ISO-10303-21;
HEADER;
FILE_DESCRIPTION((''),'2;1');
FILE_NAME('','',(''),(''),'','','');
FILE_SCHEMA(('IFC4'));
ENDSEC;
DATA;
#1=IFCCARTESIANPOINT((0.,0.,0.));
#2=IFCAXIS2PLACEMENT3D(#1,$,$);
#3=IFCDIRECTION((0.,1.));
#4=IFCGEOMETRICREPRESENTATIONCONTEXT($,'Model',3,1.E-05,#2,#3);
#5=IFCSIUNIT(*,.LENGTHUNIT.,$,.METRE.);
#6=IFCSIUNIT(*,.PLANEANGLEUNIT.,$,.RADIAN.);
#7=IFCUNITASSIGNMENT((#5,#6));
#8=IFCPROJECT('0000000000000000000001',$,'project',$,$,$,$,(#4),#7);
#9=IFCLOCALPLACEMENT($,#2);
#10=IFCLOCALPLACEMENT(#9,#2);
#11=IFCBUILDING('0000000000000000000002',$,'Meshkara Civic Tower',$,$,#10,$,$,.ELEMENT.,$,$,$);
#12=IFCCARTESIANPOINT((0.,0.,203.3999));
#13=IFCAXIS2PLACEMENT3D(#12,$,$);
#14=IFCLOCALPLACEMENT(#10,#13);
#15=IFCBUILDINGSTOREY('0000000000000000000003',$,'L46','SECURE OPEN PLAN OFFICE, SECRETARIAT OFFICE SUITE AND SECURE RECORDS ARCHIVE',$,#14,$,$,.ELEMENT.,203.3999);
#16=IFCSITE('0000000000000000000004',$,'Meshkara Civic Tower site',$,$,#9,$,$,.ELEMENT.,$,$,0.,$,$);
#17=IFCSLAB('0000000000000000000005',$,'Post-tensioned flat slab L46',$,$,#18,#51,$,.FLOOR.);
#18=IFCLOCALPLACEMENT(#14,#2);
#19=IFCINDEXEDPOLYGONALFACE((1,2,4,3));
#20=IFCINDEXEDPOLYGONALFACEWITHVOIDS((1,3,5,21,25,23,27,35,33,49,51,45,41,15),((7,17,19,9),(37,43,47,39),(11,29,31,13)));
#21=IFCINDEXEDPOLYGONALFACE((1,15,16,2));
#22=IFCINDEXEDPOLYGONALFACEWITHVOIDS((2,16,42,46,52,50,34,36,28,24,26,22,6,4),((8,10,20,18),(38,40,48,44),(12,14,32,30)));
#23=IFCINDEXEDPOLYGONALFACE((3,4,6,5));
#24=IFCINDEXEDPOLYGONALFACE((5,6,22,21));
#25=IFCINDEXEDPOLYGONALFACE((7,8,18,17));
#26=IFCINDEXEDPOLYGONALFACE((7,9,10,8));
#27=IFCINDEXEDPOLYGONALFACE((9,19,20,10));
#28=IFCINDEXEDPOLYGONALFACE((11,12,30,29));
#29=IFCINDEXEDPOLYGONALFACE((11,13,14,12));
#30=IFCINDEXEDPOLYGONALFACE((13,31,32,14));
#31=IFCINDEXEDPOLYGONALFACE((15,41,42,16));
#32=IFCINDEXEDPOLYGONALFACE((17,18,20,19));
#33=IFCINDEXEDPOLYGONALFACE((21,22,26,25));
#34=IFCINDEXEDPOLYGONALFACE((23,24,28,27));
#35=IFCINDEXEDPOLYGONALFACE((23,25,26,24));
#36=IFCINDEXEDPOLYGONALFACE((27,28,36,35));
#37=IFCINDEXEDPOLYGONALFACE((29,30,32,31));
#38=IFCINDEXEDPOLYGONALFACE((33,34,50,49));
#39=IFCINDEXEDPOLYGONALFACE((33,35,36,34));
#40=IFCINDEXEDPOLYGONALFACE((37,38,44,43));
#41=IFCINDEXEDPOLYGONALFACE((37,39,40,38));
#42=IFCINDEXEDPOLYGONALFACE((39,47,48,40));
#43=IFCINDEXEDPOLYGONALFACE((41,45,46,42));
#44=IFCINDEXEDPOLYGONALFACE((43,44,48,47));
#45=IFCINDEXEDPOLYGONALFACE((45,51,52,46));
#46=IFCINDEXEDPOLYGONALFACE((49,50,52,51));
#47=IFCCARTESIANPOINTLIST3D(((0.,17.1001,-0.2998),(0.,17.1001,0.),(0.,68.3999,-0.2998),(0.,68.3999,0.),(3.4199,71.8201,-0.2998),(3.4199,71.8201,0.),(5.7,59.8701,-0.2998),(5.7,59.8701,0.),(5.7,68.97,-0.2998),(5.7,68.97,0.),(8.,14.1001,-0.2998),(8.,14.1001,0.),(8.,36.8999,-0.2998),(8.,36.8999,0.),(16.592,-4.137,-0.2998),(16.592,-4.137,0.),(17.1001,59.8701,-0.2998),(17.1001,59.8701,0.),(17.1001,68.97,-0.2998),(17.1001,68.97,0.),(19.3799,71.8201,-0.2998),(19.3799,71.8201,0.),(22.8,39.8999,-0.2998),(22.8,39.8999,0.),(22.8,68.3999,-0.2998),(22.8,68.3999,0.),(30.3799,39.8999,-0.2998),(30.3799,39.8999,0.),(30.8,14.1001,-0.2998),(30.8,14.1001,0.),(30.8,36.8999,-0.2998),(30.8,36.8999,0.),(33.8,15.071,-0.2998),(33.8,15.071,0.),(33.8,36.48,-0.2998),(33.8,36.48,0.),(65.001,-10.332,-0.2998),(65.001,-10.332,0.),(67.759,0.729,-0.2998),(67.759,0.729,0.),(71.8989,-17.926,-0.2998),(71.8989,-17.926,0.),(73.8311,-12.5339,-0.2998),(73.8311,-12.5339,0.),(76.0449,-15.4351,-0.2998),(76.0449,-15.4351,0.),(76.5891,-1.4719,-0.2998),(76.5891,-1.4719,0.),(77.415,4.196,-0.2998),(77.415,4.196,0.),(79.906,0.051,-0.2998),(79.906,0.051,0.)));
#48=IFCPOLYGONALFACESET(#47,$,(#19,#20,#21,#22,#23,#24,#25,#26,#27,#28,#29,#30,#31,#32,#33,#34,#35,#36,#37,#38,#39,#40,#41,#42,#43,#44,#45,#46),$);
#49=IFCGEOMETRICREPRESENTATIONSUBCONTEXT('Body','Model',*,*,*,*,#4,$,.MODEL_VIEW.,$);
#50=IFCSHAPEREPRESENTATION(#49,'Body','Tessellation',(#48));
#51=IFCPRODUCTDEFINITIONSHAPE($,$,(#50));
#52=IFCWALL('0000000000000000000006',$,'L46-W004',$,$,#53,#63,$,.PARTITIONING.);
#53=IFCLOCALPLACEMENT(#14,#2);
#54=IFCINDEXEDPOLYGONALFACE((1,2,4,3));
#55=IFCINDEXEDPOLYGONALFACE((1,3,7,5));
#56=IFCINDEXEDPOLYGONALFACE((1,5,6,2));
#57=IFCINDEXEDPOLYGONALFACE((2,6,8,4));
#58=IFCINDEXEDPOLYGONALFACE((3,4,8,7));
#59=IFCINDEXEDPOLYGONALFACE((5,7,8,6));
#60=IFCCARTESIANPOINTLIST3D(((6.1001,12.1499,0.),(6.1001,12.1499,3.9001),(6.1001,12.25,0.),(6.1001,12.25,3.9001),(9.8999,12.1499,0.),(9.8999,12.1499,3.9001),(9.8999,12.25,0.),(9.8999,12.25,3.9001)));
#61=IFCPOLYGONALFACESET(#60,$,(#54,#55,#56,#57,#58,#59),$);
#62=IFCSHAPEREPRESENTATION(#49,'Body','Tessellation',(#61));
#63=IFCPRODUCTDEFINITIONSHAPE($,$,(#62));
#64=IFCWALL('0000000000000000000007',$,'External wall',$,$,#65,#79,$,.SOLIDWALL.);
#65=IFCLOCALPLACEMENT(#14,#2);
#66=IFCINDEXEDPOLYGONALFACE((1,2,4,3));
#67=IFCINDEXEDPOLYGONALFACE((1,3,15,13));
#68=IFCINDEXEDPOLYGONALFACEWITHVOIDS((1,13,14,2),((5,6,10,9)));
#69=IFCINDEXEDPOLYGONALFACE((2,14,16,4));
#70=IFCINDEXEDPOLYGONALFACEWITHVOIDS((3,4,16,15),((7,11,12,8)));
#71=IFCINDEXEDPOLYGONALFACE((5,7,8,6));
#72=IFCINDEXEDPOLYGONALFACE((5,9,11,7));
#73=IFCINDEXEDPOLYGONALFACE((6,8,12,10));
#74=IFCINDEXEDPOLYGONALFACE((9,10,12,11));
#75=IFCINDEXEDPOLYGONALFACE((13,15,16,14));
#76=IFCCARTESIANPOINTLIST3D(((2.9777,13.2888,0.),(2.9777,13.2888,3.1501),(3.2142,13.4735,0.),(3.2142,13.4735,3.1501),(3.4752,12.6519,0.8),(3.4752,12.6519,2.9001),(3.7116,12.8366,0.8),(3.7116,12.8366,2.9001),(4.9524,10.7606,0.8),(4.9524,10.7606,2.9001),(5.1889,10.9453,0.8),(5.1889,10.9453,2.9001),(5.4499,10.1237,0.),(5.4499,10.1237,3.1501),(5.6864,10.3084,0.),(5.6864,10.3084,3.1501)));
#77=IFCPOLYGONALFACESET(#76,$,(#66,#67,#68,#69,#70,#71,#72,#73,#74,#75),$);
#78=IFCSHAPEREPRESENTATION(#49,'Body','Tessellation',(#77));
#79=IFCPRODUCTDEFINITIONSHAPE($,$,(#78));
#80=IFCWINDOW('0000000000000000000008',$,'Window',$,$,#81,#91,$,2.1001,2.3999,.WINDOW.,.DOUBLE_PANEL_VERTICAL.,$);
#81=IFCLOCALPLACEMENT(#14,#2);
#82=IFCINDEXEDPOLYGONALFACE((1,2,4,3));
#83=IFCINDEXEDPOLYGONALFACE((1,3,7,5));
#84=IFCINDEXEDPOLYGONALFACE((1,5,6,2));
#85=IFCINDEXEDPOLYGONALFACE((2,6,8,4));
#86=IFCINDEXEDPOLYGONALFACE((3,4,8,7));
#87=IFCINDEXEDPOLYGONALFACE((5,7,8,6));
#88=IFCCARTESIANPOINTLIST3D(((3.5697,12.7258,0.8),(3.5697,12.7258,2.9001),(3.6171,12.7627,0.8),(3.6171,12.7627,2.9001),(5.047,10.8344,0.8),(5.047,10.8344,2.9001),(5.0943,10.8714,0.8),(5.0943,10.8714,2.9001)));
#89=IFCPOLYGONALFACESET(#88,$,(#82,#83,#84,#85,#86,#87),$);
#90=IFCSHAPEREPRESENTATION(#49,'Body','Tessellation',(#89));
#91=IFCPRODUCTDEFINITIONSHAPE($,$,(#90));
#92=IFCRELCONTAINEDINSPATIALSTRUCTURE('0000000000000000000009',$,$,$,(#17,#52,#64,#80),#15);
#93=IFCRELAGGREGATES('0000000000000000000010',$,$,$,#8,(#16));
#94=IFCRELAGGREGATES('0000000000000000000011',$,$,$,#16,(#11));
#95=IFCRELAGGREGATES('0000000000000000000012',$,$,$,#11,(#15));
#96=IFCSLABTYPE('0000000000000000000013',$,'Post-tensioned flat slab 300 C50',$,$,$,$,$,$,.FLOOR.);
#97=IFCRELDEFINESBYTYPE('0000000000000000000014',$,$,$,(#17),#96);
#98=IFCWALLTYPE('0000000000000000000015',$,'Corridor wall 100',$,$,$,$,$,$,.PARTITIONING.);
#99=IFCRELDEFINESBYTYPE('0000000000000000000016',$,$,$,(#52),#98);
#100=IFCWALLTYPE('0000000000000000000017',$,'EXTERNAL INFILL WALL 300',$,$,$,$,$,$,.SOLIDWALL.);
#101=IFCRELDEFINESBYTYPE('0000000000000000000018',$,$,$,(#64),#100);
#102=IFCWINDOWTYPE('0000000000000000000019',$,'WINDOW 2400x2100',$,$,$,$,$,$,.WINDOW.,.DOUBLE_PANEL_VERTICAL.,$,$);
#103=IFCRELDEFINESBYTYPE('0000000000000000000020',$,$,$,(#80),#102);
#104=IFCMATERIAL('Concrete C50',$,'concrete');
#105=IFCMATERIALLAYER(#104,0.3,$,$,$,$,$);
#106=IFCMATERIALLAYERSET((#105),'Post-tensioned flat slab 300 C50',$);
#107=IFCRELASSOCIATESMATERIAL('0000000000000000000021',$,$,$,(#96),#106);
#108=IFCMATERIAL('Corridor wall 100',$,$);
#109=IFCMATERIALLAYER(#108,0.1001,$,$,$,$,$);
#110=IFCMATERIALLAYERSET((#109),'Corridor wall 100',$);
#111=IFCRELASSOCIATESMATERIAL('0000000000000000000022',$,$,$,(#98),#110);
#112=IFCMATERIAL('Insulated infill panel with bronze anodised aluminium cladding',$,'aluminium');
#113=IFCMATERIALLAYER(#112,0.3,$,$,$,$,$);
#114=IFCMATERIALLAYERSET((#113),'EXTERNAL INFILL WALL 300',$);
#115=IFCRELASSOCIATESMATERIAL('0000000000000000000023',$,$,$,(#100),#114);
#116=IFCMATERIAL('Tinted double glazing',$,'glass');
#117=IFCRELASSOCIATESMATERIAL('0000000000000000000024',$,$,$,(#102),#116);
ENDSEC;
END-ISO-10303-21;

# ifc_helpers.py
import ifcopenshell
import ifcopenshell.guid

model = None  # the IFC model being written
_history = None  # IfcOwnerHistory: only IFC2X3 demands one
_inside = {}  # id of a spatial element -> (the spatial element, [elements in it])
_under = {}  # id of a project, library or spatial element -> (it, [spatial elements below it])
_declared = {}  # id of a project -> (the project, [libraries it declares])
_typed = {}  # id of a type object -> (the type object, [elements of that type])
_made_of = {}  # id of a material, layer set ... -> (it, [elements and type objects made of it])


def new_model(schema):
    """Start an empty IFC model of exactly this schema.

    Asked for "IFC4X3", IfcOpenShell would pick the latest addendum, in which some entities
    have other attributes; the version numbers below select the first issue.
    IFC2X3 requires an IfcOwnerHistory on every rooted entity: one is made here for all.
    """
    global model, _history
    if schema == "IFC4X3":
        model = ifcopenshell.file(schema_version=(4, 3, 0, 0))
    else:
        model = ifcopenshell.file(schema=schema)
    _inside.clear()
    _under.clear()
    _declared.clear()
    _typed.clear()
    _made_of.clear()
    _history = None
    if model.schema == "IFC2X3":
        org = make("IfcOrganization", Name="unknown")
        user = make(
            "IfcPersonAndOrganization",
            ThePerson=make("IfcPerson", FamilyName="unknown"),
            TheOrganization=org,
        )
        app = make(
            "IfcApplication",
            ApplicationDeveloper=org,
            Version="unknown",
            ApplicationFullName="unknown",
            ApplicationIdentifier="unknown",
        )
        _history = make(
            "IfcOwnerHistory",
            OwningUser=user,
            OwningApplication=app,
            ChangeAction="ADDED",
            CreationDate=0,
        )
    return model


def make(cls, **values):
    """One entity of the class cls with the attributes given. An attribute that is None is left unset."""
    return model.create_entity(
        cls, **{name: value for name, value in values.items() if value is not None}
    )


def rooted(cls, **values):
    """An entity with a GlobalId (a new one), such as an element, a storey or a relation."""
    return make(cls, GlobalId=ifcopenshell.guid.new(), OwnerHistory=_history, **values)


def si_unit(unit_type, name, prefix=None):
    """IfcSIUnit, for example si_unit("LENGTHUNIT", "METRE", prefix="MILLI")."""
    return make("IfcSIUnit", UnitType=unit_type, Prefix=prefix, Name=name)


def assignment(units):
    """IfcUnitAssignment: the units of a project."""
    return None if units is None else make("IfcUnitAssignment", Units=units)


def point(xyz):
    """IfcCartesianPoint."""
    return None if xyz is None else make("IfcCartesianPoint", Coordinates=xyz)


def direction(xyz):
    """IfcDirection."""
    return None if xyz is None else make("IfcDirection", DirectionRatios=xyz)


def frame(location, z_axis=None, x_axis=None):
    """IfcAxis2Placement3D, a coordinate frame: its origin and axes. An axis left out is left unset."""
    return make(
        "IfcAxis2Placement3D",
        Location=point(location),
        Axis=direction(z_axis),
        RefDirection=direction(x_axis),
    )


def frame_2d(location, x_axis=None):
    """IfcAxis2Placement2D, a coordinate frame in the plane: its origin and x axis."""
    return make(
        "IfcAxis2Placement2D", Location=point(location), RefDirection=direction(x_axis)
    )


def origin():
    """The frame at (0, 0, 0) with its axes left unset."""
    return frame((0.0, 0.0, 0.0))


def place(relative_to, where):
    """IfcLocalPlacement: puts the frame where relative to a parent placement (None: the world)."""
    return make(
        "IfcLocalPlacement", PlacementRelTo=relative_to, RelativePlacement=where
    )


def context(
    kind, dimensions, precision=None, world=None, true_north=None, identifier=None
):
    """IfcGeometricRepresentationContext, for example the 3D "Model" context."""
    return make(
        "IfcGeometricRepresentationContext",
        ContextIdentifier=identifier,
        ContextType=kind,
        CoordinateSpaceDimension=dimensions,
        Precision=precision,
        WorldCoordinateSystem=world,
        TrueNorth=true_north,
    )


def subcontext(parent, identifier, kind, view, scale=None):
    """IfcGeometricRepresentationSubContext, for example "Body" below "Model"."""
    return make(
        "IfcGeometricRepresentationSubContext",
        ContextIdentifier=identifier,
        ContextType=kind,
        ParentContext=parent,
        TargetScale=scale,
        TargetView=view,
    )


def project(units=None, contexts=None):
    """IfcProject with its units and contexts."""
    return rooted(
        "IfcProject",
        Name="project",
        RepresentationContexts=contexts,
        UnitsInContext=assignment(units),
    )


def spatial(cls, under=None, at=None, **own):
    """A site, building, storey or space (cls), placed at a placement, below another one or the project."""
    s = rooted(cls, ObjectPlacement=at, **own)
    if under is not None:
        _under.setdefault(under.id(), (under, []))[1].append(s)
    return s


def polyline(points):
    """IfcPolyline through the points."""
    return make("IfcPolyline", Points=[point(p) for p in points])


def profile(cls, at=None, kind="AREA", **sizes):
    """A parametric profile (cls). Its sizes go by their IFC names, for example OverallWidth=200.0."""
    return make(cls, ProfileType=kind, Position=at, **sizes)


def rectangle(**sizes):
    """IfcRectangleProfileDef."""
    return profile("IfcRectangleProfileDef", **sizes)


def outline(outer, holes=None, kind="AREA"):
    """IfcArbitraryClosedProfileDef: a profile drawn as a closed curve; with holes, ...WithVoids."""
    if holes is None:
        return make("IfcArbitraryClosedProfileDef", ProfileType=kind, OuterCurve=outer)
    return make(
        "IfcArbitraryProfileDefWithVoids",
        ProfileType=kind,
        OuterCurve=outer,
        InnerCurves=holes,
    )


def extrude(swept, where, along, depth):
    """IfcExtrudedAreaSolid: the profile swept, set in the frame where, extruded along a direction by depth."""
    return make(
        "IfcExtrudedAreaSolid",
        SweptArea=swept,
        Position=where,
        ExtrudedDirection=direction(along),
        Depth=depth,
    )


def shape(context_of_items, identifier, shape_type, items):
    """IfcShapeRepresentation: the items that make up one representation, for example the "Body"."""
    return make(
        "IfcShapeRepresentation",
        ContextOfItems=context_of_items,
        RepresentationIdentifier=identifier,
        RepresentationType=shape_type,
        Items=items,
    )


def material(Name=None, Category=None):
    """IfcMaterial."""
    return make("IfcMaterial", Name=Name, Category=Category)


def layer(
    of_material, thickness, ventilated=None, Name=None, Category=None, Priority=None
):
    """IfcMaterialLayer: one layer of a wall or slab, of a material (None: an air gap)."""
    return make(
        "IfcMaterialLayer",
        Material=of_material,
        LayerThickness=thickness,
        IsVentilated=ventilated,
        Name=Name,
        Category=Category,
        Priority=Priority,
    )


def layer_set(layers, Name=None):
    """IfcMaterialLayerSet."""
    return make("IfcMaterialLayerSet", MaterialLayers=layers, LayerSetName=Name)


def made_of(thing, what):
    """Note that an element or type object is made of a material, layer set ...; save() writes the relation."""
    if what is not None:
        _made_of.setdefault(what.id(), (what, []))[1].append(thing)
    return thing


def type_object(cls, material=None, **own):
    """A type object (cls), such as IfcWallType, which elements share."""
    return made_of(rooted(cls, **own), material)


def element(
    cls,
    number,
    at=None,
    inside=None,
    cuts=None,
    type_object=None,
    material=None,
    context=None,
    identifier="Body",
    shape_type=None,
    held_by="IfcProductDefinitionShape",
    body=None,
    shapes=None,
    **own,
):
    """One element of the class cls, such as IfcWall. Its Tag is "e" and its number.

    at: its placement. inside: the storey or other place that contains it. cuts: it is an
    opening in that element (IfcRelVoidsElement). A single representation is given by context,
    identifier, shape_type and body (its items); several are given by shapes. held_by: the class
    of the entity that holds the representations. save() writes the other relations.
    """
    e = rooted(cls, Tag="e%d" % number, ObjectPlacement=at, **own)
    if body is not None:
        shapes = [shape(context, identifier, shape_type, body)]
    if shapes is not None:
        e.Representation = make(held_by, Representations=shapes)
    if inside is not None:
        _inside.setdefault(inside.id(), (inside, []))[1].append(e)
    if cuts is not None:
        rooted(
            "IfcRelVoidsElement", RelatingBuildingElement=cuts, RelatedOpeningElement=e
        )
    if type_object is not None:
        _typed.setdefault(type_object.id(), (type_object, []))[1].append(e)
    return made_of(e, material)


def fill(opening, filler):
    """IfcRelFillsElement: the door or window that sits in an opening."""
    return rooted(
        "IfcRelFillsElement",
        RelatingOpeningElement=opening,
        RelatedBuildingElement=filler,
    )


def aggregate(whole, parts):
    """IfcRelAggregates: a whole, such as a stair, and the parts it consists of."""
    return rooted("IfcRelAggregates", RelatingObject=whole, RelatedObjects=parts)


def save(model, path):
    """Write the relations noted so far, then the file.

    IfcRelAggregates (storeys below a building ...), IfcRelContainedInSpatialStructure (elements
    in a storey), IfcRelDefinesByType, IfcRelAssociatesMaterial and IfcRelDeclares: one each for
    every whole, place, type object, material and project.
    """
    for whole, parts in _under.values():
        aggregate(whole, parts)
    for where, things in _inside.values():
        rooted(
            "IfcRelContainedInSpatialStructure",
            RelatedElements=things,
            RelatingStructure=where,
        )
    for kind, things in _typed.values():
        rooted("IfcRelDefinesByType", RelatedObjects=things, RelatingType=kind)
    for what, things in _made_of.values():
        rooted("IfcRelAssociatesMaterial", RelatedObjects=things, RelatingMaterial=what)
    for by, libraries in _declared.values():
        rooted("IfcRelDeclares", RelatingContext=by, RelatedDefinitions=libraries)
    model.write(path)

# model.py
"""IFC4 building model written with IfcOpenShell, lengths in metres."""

from ifc_helpers import new_model, si_unit, direction, frame, frame_2d, origin, place, context, subcontext, project, spatial, polyline, rectangle, outline, extrude, material, layer, layer_set, type_object, element, fill, save


model = new_model("IFC4")

# Units and contexts
model_context = context("Model", 3, precision=1e-05, world=origin(), true_north=direction((0.0, 1.0)))
body_context = subcontext(model_context, "Body", "Model", "MODEL_VIEW")
ifc_project = project(units=[si_unit("LENGTHUNIT", "METRE"), si_unit("PLANEANGLEUNIT", "RADIAN")], contexts=[model_context])

# Site, building, storey
site_placement = place(None, origin())
site = spatial("IfcSite", under=ifc_project, at=site_placement, Name="Meshkara Civic Tower site", CompositionType="ELEMENT", RefElevation=0.0)
building_placement = place(site_placement, origin())
building = spatial("IfcBuilding", under=site, at=building_placement, Name="Meshkara Civic Tower", CompositionType="ELEMENT")
storey_placement = place(building_placement, frame((0.0, 0.0, 203.3999)))
storey = spatial("IfcBuildingStorey", under=building, at=storey_placement, Name="L46", Description="SECURE OPEN PLAN OFFICE, SECRETARIAT OFFICE SUITE AND SECURE RECORDS ARCHIVE", CompositionType="ELEMENT", Elevation=203.3999)

# Slab
ifc_material_1 = material(Name="Concrete C50", Category="concrete")
ifc_layer_1 = layer(ifc_material_1, 0.3)
ifc_layer_set_1 = layer_set([ifc_layer_1], Name="Post-tensioned flat slab 300 C50")
slab_type_1 = type_object("IfcSlabType", Name="Post-tensioned flat slab 300 C50", PredefinedType="FLOOR", material=ifc_layer_set_1)
slab_1_placement = place(storey_placement, frame((0.0, 0.0, -0.2998)))
element("IfcSlab", 1, at=slab_1_placement, inside=storey, type_object=slab_type_1, Name="Post-tensioned flat slab L46", PredefinedType="FLOOR", context=body_context, shape_type="SweptSolid", body=[
    extrude(outline(polyline([(76.0449, -15.4351), (71.8989, -17.926), (16.592, -4.137), (0.0, 17.1001), (0.0, 68.3999), (3.4199, 71.8201), (19.3799, 71.8201), (22.8, 68.3999), (22.8, 39.8999), (30.3799, 39.8999), (33.8, 36.48), (33.8, 15.071), (77.415, 4.196), (79.906, 0.051), (76.0449, -15.4351)]), holes=[polyline([(73.8311, -12.5339), (76.5891, -1.4719), (67.759, 0.729), (65.001, -10.332), (73.8311, -12.5339)]), polyline([(8.0, 14.1001), (30.8, 14.1001), (30.8, 36.8999), (8.0, 36.8999), (8.0, 14.1001)]), polyline([(5.7, 68.97), (5.7, 59.8701), (17.1001, 59.8701), (17.1001, 68.97), (5.7, 68.97)])]), origin(), (0.0, 0.0, 1.0), 0.2998),
])

# Wall
ifc_material_2 = material(Name="Corridor wall 100")
ifc_layer_2 = layer(ifc_material_2, 0.1001)
ifc_layer_set_2 = layer_set([ifc_layer_2], Name="Corridor wall 100")
wall_type_1 = type_object("IfcWallType", Name="Corridor wall 100", PredefinedType="PARTITIONING", material=ifc_layer_set_2)
wall_1_placement = place(storey_placement, frame((6.1001, 12.2, 0.0), z_axis=(0.0, 0.0, 1.0), x_axis=(1.0, 0.0, 0.0)))
element("IfcWall", 2, at=wall_1_placement, inside=storey, type_object=wall_type_1, Name="L46-W004", PredefinedType="PARTITIONING", context=body_context, shape_type="SweptSolid", body=[
    extrude(rectangle(XDim=3.7998, YDim=0.1001, at=frame_2d((1.8999, 0.0))), origin(), (0.0, 0.0, 1.0), 3.9001),
])

# Wall, opening, window
ifc_material_3 = material(Name="Insulated infill panel with bronze anodised aluminium cladding", Category="aluminium")
ifc_layer_3 = layer(ifc_material_3, 0.3)
ifc_layer_set_3 = layer_set([ifc_layer_3], Name="EXTERNAL INFILL WALL 300")
wall_type_2 = type_object("IfcWallType", Name="EXTERNAL INFILL WALL 300", PredefinedType="SOLIDWALL", material=ifc_layer_set_3)
wall_2_placement = place(storey_placement, frame((3.0959, 13.3811, 0.0), z_axis=(0.0, 0.0, 1.0), x_axis=(0.615564, -0.788087, 0.0)))
wall_2 = element("IfcWall", 3, at=wall_2_placement, inside=storey, type_object=wall_type_2, Name="External wall", PredefinedType="SOLIDWALL", context=body_context, shape_type="SweptSolid", body=[
    extrude(rectangle(XDim=4.0161, YDim=0.3, at=frame_2d((2.0081, 0.0))), origin(), (0.0, 0.0, 1.0), 3.1501),
])
opening_placement = place(wall_2_placement, frame((0.8081, 0.0, 0.8)))
opening = element("IfcOpeningElement", 4, at=opening_placement, cuts=wall_2, PredefinedType="OPENING", context=body_context, shape_type="SweptSolid", body=[
    extrude(rectangle(XDim=2.3999, YDim=2.1001, at=frame_2d((1.2, 1.05))), frame((0.0, 0.1599, 0.0), z_axis=(0.0, -1.0, 0.0), x_axis=(1.0, 0.0, 0.0)), (0.0, 0.0, 1.0), 0.3201),
])
ifc_material_4 = material(Name="Tinted double glazing", Category="glass")
window_type = type_object("IfcWindowType", Name="WINDOW 2400x2100", PartitioningType="DOUBLE_PANEL_VERTICAL", PredefinedType="WINDOW", material=ifc_material_4)
window_placement = place(opening_placement, origin())
window = element("IfcWindow", 5, at=window_placement, inside=storey, type_object=window_type, Name="Window", OverallHeight=2.1001, OverallWidth=2.3999, PartitioningType="DOUBLE_PANEL_VERTICAL", PredefinedType="WINDOW", context=body_context, shape_type="SweptSolid", body=[
    extrude(rectangle(XDim=2.3999, YDim=2.1001, at=frame_2d((1.2, 1.05))), frame((0.0, 0.03, 0.0), z_axis=(0.0, -1.0, 0.0), x_axis=(1.0, 0.0, 0.0)), (0.0, 0.0, 1.0), 0.0601),
])
fill(opening, window)

save(model, "model.ifc")
